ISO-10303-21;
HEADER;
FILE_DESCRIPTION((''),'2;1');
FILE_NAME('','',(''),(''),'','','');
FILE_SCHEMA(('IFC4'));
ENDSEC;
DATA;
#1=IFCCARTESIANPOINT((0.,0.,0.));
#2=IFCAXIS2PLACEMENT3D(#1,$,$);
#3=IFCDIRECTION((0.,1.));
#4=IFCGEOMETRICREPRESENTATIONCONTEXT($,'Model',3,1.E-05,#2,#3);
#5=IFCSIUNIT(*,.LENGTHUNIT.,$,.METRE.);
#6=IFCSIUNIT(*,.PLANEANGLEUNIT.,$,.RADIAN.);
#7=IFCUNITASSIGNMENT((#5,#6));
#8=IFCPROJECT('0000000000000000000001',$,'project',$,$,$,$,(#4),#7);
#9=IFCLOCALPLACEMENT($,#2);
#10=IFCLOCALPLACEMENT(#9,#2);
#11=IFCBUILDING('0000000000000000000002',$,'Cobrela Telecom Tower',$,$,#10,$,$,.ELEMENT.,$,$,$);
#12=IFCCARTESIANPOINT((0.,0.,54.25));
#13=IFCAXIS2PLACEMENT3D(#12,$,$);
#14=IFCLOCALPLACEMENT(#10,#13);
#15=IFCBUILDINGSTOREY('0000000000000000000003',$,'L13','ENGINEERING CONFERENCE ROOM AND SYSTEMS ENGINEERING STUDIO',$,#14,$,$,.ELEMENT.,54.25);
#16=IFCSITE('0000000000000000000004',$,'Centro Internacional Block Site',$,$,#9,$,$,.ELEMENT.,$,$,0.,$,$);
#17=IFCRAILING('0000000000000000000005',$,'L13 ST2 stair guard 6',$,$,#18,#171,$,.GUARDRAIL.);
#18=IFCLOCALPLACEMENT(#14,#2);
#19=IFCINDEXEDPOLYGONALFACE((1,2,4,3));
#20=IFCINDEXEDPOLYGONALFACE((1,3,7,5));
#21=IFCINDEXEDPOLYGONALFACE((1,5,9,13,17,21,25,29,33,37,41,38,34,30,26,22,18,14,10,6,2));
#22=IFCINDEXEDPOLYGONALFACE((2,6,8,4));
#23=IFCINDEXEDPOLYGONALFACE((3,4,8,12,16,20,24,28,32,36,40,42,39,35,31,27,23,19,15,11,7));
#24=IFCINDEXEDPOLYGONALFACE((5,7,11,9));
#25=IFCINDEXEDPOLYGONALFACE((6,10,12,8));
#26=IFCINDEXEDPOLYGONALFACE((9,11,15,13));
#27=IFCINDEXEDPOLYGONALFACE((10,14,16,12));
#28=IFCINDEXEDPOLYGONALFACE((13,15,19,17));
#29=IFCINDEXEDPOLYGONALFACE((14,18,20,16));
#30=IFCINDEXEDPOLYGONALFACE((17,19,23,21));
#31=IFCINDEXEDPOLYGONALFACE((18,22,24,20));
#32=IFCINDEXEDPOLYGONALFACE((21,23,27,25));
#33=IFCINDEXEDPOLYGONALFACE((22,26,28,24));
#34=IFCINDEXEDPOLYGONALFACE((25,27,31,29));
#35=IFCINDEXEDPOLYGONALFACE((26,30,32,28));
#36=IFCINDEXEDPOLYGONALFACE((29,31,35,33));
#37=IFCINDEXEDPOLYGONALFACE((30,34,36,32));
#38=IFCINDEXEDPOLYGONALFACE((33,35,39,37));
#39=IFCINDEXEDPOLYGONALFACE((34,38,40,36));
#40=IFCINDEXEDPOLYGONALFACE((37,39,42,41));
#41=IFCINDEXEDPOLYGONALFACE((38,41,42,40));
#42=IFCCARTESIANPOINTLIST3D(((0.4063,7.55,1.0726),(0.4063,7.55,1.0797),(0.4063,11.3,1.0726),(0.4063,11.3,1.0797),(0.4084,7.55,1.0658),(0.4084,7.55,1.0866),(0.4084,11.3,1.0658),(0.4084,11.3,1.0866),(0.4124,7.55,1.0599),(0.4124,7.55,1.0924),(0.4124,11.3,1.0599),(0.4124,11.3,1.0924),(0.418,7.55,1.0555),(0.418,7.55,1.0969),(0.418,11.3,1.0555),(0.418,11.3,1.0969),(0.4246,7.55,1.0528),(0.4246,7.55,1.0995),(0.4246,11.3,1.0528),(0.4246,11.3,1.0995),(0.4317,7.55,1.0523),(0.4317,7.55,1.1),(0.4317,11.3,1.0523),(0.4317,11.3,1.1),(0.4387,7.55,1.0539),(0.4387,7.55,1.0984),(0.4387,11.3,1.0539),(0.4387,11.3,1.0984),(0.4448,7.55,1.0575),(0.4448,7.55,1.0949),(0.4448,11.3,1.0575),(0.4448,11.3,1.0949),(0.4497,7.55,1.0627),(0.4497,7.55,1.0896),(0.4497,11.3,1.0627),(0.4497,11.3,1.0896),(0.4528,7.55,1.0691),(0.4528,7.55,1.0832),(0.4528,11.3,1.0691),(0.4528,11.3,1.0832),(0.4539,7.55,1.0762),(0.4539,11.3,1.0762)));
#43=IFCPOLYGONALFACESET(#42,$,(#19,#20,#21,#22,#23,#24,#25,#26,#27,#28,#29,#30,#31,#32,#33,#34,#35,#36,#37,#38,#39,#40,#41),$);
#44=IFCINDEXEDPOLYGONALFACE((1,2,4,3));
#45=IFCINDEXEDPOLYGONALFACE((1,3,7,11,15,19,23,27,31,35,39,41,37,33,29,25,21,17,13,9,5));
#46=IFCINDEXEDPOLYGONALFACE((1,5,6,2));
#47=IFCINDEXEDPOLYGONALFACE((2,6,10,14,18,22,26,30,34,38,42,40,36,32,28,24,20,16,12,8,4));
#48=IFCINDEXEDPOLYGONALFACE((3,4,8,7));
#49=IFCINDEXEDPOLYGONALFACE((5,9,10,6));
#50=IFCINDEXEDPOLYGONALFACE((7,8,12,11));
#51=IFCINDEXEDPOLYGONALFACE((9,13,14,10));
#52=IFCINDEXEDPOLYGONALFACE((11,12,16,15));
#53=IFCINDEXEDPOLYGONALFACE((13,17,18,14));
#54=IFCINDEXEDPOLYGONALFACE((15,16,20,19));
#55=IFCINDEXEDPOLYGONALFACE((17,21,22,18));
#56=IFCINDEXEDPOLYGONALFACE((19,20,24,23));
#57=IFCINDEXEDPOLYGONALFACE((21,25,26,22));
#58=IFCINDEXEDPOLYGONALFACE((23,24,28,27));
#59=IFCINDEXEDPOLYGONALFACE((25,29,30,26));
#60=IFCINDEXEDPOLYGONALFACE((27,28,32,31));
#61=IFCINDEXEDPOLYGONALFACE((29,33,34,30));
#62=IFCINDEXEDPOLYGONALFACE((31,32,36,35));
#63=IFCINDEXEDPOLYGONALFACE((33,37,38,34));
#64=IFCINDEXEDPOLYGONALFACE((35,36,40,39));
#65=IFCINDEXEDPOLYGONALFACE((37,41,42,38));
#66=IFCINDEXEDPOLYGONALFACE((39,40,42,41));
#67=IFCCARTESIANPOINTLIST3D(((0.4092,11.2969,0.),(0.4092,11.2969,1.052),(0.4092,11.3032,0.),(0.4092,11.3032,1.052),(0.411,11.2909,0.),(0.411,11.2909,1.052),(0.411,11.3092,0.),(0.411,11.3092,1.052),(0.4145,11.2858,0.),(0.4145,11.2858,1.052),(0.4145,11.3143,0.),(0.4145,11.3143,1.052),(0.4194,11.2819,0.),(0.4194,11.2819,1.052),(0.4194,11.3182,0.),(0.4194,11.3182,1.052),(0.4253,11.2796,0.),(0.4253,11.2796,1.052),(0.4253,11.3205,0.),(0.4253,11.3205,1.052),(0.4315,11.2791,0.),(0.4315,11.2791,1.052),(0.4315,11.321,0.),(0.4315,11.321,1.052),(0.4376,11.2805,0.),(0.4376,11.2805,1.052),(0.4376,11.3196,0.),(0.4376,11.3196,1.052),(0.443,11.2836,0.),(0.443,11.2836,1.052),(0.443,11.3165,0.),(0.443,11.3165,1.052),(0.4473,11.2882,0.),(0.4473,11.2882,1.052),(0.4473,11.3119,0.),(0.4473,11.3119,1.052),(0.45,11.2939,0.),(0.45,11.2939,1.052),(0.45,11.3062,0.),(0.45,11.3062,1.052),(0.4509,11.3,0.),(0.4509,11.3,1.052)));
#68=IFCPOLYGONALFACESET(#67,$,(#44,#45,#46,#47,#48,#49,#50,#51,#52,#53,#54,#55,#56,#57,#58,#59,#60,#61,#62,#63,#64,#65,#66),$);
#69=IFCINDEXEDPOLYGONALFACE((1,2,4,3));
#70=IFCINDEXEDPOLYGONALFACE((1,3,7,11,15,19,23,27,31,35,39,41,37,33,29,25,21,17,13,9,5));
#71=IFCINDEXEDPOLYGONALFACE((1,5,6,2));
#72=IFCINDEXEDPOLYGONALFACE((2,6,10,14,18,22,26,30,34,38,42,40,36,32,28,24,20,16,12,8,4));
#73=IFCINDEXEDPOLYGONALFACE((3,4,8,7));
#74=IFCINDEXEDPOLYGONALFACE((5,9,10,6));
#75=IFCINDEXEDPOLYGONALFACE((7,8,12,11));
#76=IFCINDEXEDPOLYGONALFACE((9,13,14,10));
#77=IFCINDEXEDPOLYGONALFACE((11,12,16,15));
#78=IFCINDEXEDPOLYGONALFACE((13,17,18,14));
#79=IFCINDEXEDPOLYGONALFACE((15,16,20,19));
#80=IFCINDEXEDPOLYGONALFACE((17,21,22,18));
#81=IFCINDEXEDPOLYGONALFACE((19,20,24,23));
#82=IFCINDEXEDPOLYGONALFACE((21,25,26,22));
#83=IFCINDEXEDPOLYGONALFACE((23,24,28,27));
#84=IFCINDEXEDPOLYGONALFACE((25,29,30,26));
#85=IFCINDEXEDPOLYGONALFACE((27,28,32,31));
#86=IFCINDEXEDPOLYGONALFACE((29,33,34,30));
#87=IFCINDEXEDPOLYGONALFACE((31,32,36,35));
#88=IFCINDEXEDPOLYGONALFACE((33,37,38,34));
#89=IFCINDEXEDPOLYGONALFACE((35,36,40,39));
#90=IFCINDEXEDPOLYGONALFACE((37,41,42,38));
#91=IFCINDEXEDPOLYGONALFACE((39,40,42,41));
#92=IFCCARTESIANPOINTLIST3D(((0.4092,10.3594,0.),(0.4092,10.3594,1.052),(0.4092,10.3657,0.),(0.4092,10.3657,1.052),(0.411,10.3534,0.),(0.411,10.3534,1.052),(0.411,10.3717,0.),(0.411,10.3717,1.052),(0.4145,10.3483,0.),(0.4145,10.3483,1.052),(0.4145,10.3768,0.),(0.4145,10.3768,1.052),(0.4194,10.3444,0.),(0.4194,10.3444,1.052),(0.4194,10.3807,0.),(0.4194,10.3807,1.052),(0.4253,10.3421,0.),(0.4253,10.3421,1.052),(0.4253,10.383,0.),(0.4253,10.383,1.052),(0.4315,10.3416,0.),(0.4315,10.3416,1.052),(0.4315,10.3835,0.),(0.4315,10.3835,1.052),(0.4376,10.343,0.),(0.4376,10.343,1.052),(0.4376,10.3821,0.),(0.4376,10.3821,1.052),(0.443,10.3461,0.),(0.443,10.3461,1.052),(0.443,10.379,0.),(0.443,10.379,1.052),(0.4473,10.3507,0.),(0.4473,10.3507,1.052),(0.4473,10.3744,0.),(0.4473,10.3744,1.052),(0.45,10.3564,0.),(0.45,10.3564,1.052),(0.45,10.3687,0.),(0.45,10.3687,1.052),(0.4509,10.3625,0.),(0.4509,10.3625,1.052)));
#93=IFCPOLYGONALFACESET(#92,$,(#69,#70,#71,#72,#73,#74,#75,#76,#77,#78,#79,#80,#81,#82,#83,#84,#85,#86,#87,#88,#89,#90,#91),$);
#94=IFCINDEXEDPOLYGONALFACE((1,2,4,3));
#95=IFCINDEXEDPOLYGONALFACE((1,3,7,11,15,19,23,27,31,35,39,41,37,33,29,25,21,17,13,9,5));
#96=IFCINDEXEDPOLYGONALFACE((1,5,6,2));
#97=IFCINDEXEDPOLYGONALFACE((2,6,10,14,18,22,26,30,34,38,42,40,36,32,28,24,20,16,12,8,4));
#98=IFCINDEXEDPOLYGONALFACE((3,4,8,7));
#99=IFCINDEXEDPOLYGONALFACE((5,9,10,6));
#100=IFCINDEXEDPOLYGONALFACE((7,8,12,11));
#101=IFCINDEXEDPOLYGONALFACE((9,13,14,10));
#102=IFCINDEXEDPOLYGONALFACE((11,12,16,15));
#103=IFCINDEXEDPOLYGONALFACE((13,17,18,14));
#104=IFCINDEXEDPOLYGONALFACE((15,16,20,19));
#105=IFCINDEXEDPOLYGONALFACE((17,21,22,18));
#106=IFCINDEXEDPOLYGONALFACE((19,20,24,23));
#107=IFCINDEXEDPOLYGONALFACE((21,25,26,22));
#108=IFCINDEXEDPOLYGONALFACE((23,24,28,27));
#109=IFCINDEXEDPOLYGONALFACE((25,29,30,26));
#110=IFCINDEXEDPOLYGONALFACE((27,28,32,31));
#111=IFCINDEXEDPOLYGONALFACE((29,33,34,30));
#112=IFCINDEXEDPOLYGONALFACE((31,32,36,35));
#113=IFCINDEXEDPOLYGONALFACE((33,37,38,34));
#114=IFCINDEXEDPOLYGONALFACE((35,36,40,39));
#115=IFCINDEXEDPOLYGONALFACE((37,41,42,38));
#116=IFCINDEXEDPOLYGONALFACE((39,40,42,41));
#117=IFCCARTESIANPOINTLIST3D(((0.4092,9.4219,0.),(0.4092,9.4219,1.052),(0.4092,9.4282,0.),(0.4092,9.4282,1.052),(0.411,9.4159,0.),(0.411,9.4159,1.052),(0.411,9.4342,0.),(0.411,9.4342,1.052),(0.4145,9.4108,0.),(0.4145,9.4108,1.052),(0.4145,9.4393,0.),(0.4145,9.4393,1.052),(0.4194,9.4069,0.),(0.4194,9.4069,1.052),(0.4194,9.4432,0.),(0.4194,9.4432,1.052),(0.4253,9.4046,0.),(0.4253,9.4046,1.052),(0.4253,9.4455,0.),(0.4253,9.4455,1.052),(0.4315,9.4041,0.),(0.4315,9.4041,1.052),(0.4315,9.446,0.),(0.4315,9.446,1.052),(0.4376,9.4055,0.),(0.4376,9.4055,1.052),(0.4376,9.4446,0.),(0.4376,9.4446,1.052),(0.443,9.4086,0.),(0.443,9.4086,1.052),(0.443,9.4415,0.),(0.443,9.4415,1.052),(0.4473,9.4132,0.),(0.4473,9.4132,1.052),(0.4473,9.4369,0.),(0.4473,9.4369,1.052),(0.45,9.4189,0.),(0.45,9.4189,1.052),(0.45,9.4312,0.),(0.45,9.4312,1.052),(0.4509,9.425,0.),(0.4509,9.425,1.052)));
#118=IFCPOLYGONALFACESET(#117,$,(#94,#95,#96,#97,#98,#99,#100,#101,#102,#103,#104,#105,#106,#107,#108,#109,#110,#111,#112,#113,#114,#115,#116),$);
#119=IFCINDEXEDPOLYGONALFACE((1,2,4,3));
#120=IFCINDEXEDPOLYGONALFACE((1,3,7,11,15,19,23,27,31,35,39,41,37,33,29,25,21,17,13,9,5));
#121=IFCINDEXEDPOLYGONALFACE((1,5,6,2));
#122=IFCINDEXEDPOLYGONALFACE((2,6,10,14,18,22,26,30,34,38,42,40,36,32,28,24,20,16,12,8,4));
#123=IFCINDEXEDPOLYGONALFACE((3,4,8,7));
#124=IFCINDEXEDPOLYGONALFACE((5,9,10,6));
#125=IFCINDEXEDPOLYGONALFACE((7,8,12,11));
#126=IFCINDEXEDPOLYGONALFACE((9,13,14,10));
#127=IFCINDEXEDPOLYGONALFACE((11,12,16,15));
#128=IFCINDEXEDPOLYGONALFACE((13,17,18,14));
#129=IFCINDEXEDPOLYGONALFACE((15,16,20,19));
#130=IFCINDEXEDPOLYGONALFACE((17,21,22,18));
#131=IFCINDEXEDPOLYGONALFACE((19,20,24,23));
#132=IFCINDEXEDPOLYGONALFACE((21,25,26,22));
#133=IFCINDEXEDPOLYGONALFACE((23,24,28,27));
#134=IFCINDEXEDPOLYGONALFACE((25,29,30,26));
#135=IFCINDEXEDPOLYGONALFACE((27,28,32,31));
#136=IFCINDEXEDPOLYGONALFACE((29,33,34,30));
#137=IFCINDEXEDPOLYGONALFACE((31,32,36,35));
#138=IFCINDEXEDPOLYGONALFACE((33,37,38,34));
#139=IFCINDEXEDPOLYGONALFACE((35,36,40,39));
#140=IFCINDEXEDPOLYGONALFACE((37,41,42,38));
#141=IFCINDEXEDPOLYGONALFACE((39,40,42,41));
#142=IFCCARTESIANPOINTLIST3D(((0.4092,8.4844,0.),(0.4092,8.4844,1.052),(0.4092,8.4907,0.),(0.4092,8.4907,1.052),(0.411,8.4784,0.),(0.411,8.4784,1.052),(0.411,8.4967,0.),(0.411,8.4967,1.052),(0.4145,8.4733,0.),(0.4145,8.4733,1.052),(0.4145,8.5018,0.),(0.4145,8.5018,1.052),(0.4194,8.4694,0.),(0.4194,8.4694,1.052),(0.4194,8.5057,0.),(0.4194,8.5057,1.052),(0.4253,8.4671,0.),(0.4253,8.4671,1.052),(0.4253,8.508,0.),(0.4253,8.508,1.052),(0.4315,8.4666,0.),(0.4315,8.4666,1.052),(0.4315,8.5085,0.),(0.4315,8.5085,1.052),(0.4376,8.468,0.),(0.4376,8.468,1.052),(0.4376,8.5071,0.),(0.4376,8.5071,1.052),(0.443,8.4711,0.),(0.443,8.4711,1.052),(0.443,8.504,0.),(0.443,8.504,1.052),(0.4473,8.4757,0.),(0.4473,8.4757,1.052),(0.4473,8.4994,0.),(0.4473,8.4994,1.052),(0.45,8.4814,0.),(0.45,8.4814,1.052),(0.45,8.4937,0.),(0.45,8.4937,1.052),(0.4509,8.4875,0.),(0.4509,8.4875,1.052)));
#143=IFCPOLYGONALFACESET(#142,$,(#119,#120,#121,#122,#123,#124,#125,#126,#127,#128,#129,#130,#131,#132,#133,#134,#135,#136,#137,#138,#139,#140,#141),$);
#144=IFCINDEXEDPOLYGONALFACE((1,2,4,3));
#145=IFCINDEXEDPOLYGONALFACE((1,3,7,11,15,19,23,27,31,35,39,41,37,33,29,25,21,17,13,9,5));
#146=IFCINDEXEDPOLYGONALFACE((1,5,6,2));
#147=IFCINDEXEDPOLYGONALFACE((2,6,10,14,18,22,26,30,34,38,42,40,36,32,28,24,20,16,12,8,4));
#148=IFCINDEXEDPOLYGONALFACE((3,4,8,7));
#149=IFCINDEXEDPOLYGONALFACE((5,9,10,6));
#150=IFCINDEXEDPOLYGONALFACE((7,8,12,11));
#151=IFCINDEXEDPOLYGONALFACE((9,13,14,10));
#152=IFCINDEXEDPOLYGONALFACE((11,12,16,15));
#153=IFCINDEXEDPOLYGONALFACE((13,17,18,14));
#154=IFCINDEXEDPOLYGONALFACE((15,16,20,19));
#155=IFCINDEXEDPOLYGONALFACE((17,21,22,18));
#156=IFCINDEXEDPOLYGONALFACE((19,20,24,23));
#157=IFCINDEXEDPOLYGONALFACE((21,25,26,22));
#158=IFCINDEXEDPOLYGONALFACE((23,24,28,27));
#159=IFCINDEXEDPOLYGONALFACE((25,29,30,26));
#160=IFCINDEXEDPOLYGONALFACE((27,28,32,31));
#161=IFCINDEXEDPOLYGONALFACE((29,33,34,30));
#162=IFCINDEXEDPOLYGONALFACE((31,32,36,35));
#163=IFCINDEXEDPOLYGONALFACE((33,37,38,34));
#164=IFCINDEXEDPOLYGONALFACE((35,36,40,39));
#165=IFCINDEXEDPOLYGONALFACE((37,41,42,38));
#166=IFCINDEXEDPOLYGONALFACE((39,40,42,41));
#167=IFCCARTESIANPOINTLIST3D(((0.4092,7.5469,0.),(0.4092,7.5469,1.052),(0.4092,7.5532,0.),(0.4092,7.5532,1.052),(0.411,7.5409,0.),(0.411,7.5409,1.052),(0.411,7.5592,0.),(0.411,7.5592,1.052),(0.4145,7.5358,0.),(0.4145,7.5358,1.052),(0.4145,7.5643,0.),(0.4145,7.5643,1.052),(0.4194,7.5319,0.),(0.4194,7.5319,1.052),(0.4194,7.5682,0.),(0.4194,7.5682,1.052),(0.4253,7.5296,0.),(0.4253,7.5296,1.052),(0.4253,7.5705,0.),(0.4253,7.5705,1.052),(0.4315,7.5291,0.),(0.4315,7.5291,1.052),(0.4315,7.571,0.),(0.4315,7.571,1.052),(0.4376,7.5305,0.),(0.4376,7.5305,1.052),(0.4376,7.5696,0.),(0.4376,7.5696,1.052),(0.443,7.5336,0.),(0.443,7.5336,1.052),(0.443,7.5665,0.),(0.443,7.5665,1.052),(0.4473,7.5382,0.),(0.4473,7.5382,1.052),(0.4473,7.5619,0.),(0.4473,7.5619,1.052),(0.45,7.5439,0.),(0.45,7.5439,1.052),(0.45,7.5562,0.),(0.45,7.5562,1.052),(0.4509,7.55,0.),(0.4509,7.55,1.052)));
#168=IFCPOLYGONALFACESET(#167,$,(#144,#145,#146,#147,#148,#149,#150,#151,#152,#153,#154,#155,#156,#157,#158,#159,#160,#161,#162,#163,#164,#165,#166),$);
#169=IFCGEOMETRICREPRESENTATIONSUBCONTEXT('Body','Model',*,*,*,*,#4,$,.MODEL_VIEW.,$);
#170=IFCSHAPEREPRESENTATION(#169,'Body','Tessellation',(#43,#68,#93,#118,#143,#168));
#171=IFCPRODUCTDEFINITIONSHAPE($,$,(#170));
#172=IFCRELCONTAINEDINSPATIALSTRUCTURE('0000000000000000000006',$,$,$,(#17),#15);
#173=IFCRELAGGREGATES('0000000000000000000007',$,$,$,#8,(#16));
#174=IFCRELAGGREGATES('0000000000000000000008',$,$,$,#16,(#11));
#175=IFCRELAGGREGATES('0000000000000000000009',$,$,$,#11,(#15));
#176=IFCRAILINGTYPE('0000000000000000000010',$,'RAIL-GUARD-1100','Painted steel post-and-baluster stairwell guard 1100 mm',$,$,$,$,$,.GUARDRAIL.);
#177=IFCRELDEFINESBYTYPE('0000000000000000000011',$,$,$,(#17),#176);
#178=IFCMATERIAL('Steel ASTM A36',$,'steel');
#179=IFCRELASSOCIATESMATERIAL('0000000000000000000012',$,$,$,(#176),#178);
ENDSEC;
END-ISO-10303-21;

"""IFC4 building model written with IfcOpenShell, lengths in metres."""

from ifc_helpers import new_model, si_unit, direction, frame, origin, origin_2d, place, context, subcontext, project, spatial, circle, extrude, material, type_object, element, save


model = new_model("IFC4")

# Units and contexts
model_context = context("Model", 3, precision=1e-05, world=origin(), true_north=direction((0.0, 1.0)))
body_context = subcontext(model_context, "Body", "Model", "MODEL_VIEW")
ifc_project = project(units=[si_unit("LENGTHUNIT", "METRE"), si_unit("PLANEANGLEUNIT", "RADIAN")], contexts=[model_context])

# Site, building, storey
site_placement = place(None, origin())
site = spatial("IfcSite", under=ifc_project, at=site_placement, Name="Centro Internacional Block Site", CompositionType="ELEMENT", RefElevation=0.0)
building_placement = place(site_placement, origin())
building = spatial("IfcBuilding", under=site, at=building_placement, Name="Cobrela Telecom Tower", CompositionType="ELEMENT")
storey_placement = place(building_placement, frame((0.0, 0.0, 54.25)))
storey = spatial("IfcBuildingStorey", under=building, at=storey_placement, Name="L13", Description="ENGINEERING CONFERENCE ROOM AND SYSTEMS ENGINEERING STUDIO", CompositionType="ELEMENT", Elevation=54.25)

# Railing
ifc_material_1 = material(Name="Steel ASTM A36", Category="steel")
railing_type_1 = type_object("IfcRailingType", Name="RAIL-GUARD-1100", Description="Painted steel post-and-baluster stairwell guard 1100 mm", PredefinedType="GUARDRAIL", material=ifc_material_1)
railing_1_placement = place(storey_placement, frame((0.4299, 11.3, 0.0)))
element("IfcRailing", 1, at=railing_1_placement, inside=storey, type_object=railing_type_1, Name="L13 ST2 stair guard 6", PredefinedType="GUARDRAIL", context=body_context, shape_type="SweptSolid", body=[
    extrude(circle(Radius=0.0239, at=origin_2d()), frame((0.0, 0.0, 1.0762), z_axis=(0.0, -1.0, 0.0), x_axis=(1.0, 0.0, 0.0)), (0.0, 0.0, 1.0), 3.75),
    extrude(circle(Radius=0.021, at=origin_2d()), origin(), (0.0, 0.0, 1.0), 1.052),
    extrude(circle(Radius=0.021, at=origin_2d()), frame((0.0, -0.9375, 0.0)), (0.0, 0.0, 1.0), 1.052),
    extrude(circle(Radius=0.021, at=origin_2d()), frame((0.0, -1.875, 0.0)), (0.0, 0.0, 1.0), 1.052),
    extrude(circle(Radius=0.021, at=origin_2d()), frame((0.0, -2.8125, 0.0)), (0.0, 0.0, 1.0), 1.052),
    extrude(circle(Radius=0.021, at=origin_2d()), frame((0.0, -3.75, 0.0)), (0.0, 0.0, 1.0), 1.052),
])

save(model, "model.ifc")
